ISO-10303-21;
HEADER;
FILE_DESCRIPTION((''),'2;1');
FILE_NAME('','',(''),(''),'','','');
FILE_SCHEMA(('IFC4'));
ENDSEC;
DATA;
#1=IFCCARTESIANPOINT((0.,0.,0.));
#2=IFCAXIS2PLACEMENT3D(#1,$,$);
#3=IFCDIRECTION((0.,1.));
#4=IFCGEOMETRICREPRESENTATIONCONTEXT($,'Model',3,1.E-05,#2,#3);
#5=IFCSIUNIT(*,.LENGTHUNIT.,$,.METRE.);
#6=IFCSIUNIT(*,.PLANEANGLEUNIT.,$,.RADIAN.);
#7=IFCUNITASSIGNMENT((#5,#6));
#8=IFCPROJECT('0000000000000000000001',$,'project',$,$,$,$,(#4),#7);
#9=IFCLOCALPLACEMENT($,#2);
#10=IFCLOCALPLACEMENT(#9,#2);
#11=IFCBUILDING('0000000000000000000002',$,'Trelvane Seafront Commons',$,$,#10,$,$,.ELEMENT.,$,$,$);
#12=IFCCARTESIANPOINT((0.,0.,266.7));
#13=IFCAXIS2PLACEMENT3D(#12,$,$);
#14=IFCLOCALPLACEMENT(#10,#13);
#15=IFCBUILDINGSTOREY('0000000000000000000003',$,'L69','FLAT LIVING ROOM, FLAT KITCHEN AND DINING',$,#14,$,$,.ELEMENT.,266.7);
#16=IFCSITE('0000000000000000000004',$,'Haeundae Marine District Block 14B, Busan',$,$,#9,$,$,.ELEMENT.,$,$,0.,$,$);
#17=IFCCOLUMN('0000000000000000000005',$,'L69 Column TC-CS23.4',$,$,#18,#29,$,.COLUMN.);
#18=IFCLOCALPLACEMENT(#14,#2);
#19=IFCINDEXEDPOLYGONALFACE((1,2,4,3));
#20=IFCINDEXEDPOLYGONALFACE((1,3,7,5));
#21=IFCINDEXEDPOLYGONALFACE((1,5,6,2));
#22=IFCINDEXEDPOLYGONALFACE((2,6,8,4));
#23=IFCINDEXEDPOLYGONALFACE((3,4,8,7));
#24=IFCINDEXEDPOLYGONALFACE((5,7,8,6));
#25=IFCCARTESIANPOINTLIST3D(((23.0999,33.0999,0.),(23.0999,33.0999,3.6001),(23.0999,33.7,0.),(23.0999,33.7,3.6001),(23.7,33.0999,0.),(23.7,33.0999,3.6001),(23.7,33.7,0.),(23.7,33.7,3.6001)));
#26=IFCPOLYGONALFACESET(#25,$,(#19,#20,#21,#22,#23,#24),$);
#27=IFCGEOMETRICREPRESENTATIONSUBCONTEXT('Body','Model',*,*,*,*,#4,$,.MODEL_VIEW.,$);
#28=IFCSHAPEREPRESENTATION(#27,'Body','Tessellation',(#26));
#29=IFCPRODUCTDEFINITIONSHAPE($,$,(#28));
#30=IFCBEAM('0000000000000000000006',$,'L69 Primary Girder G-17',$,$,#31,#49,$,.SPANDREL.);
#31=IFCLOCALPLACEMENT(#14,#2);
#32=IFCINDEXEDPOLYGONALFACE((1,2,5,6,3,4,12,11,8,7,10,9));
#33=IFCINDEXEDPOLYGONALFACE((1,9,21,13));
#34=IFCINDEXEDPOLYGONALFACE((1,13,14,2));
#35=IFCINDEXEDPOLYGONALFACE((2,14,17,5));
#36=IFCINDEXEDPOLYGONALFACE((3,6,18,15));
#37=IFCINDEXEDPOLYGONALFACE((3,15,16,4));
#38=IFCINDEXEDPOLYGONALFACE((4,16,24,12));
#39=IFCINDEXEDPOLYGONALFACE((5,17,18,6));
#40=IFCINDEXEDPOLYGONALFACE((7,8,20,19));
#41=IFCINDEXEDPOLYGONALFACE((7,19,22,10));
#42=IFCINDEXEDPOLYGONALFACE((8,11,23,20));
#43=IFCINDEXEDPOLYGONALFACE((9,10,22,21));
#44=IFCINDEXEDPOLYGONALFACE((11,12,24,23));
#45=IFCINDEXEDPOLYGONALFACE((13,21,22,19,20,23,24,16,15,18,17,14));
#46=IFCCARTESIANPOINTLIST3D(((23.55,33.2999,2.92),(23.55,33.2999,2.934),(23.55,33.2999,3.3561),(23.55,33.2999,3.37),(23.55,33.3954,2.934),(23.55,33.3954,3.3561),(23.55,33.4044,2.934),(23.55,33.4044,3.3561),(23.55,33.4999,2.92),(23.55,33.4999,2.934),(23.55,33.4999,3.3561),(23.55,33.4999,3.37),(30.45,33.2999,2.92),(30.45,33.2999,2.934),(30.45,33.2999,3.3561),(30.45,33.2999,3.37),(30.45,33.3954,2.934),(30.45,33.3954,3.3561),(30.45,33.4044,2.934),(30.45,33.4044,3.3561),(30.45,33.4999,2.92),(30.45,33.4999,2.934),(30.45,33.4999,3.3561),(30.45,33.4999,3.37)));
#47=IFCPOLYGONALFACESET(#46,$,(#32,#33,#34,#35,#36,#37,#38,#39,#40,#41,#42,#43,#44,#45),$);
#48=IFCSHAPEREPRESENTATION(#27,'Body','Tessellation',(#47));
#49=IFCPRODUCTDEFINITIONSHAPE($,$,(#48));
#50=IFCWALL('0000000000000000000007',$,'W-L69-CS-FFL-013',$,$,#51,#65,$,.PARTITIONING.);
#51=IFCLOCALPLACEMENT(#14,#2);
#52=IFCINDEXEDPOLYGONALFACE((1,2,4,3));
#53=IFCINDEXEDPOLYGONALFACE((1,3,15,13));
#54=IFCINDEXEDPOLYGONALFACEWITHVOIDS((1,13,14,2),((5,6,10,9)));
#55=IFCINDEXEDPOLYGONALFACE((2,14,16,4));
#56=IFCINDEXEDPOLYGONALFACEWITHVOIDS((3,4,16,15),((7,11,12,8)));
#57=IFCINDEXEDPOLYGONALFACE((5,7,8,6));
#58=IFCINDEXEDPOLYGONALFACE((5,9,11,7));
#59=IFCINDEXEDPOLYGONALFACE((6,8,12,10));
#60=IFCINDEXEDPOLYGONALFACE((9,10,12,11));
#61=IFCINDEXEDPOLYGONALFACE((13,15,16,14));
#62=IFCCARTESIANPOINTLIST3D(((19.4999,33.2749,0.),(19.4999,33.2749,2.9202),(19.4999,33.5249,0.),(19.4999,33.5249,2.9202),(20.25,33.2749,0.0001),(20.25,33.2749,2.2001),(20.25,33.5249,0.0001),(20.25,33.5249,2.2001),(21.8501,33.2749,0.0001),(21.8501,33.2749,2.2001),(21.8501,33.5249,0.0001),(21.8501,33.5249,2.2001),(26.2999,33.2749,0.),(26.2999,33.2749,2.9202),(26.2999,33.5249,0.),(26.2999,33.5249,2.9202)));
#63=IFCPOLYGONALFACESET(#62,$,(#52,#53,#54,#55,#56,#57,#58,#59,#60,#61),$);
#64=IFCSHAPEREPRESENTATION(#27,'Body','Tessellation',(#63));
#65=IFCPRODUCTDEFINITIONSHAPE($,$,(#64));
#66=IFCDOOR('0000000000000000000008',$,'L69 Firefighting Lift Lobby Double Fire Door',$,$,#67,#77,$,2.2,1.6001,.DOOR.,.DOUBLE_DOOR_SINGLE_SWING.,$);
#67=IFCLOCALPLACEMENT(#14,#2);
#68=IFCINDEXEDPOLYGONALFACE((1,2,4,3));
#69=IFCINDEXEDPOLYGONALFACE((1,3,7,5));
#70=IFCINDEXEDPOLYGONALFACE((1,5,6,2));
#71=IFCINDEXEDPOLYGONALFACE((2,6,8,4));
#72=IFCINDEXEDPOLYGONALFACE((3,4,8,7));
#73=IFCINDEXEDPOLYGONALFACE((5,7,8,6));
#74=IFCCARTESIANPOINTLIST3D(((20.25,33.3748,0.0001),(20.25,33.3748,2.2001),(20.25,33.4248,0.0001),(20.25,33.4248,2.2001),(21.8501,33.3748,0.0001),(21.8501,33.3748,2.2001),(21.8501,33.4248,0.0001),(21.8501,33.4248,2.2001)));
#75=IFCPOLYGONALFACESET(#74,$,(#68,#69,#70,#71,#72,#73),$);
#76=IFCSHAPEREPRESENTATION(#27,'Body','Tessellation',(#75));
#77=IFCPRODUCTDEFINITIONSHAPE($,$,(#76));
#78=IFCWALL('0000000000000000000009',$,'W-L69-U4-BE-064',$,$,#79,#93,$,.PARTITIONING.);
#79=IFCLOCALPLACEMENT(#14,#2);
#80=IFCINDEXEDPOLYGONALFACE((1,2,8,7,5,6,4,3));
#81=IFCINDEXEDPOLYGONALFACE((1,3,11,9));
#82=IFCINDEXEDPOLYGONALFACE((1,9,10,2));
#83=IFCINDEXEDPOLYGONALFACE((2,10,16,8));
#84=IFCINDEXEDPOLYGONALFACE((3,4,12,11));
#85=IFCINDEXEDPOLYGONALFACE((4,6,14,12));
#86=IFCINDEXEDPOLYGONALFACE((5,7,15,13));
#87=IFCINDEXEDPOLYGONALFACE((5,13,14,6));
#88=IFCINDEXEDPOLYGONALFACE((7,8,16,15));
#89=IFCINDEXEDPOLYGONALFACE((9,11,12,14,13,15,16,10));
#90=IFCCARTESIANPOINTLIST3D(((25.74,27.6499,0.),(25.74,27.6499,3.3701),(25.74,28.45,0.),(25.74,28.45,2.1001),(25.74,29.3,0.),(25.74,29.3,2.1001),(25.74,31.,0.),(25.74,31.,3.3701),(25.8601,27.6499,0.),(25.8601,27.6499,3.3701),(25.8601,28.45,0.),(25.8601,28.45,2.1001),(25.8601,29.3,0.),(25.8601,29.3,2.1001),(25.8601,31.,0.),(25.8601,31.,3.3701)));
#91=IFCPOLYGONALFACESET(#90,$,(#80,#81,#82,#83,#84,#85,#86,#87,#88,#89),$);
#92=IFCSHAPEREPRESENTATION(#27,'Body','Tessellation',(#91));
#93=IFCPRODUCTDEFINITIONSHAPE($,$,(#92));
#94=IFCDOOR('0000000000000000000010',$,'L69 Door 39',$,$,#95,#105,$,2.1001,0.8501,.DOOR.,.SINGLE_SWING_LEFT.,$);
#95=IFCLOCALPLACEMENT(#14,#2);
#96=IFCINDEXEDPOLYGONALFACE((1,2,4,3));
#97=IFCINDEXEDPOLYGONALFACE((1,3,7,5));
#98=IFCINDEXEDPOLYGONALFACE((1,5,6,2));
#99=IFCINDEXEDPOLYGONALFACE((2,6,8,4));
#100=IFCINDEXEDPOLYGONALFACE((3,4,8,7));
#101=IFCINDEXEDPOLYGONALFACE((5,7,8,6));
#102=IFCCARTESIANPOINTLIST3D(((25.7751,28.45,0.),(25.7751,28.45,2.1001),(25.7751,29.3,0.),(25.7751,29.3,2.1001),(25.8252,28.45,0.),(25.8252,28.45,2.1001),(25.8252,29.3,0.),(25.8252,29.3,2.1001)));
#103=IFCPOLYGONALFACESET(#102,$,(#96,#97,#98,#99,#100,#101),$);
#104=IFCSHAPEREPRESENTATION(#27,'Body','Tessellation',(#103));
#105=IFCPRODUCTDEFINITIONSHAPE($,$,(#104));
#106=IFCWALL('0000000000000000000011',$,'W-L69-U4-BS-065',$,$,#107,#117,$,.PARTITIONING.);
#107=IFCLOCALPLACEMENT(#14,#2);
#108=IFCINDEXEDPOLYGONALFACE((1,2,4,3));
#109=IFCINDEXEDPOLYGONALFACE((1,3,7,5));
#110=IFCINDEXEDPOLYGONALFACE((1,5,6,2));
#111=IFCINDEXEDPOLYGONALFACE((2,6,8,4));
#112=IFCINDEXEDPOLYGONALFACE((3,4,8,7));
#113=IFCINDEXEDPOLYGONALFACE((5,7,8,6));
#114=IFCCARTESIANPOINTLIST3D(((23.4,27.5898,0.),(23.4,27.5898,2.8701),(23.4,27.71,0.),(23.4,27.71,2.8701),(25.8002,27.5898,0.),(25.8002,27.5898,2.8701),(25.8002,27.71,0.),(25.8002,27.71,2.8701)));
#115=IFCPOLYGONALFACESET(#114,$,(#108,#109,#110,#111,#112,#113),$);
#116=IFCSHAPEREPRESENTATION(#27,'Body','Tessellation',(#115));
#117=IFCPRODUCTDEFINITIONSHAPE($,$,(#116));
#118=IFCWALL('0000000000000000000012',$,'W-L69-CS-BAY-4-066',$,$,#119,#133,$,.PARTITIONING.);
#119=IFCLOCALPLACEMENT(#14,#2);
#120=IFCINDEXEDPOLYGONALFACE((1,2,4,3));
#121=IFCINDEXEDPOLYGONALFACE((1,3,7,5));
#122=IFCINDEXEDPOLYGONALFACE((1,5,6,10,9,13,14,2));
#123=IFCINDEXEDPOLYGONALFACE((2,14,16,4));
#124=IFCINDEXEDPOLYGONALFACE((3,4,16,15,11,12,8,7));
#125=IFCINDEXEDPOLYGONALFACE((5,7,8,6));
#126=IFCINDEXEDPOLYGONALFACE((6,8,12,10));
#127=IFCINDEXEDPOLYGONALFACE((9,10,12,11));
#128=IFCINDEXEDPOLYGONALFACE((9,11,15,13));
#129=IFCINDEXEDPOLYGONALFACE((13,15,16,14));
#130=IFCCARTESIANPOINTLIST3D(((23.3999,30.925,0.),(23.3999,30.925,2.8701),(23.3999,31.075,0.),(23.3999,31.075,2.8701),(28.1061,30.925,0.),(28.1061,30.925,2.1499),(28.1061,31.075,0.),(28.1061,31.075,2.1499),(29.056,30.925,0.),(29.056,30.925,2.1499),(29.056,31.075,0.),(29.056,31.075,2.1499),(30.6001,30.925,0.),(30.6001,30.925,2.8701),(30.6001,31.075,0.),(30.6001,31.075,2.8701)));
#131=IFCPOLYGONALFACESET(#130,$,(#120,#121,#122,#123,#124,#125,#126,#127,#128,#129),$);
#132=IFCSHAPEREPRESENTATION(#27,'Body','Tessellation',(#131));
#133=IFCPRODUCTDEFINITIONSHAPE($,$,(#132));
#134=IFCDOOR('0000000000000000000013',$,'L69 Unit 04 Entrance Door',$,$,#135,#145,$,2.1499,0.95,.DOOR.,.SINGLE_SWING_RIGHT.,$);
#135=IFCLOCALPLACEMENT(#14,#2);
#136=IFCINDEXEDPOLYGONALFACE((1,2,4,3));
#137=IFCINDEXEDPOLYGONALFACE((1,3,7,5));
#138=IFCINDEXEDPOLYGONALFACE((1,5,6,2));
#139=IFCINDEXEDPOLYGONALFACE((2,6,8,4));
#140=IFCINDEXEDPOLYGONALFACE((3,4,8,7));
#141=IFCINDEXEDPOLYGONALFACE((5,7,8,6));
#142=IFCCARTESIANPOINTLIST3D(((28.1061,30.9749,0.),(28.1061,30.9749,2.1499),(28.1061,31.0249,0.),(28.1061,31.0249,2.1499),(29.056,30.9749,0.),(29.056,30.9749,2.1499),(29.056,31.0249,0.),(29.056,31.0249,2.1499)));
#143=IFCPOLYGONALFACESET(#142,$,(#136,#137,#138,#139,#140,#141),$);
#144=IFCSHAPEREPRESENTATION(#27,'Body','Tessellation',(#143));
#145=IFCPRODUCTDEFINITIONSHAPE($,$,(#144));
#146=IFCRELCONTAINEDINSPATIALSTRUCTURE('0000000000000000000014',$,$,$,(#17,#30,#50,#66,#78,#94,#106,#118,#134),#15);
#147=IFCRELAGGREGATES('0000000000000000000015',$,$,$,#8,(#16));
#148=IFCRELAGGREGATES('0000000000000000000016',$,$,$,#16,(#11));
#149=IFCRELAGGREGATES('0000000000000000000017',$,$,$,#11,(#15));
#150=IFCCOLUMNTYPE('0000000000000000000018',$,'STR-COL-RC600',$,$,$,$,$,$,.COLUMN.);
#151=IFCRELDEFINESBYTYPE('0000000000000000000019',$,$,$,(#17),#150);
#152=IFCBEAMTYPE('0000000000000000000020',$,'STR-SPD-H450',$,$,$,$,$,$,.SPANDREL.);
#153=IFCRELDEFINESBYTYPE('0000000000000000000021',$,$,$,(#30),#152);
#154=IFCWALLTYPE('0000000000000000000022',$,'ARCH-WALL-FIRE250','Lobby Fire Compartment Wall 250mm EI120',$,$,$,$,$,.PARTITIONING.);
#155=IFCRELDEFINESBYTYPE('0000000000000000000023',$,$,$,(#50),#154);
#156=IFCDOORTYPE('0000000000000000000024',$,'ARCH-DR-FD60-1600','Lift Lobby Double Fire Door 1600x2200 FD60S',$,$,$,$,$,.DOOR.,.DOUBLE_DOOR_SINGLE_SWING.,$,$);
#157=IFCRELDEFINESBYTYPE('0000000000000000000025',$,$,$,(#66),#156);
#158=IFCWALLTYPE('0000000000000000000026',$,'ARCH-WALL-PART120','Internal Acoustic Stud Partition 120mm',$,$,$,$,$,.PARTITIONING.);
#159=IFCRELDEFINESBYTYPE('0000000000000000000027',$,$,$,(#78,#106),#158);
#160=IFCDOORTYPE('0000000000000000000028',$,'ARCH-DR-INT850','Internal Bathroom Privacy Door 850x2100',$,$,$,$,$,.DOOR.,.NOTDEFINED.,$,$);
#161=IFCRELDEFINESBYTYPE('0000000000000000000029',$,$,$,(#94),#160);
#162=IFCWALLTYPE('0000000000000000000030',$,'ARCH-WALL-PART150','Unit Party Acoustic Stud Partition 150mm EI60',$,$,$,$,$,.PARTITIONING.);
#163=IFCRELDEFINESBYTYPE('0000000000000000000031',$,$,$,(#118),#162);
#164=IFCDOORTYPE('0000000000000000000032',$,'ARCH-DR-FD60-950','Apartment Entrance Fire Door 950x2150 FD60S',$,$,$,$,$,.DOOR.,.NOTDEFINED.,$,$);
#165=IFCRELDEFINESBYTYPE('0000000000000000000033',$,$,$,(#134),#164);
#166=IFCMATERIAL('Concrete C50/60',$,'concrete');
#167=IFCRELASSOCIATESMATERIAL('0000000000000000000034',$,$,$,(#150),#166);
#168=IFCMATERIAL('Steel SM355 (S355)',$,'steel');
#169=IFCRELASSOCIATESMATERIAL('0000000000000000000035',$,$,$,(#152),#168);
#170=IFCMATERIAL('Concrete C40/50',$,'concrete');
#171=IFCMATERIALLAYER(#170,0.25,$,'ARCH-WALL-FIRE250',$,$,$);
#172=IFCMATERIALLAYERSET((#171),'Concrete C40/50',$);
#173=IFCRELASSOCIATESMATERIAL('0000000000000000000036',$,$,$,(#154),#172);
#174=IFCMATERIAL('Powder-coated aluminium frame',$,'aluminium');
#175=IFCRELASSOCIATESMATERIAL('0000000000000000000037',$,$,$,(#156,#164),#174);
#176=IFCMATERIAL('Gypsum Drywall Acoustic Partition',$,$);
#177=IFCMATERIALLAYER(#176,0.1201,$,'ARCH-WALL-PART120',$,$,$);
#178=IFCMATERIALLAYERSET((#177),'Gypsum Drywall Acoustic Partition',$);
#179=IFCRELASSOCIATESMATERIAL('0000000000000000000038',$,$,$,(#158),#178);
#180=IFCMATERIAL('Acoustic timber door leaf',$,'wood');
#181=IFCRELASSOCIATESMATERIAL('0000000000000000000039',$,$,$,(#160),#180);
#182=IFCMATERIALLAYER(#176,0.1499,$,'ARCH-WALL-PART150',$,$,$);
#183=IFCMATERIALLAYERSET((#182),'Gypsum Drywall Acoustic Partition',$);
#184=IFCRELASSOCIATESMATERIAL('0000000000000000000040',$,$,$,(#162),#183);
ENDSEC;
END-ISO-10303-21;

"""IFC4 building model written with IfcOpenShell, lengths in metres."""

from ifc_helpers import new_model, si_unit, direction, frame, frame_2d, origin, origin_2d, place, context, subcontext, project, spatial, rectangle, i_section, extrude, source, transform, mapped, material, layer, layer_set, material_profile, profile_set, type_object, element, fill, save


model = new_model("IFC4")

# Units and contexts
model_context = context("Model", 3, precision=1e-05, world=origin(), true_north=direction((0.0, 1.0)))
body_context = subcontext(model_context, "Body", "Model", "MODEL_VIEW")
ifc_project = project(units=[si_unit("LENGTHUNIT", "METRE"), si_unit("PLANEANGLEUNIT", "RADIAN")], contexts=[model_context])

# Site, building, storey
site_placement = place(None, origin())
site = spatial("IfcSite", under=ifc_project, at=site_placement, Name="Haeundae Marine District Block 14B, Busan", CompositionType="ELEMENT", RefElevation=0.0)
building_placement = place(site_placement, origin())
building = spatial("IfcBuilding", under=site, at=building_placement, Name="Trelvane Seafront Commons", CompositionType="ELEMENT")
storey_placement = place(building_placement, frame((0.0, 0.0, 266.7)))
storey = spatial("IfcBuildingStorey", under=building, at=storey_placement, Name="L69", Description="FLAT LIVING ROOM, FLAT KITCHEN AND DINING", CompositionType="ELEMENT", Elevation=266.7)

# Column
ifc_material_1 = material(Name="Concrete C50/60", Category="concrete")
ifc_material_profile_1 = material_profile(ifc_material_1, rectangle(XDim=0.6001, YDim=0.6001, at=origin_2d()), Name="RC-600x600")
ifc_profile_set_1 = profile_set([ifc_material_profile_1], Name="Concrete C50/60")
column_type = type_object("IfcColumnType", Name="STR-COL-RC600", PredefinedType="COLUMN", material=ifc_profile_set_1)
shared_shape_1 = source(origin(), body_context, "Body", "SweptSolid", [
    extrude(rectangle(XDim=0.6001, YDim=0.6001, at=origin_2d()), origin(), (0.0, 0.0, 1.0), 3.6001),
])
column_placement = place(storey_placement, frame((23.3999, 33.3999, 0.0), z_axis=(0.0, 0.0, 1.0), x_axis=(1.0, 0.0, 0.0)))
element("IfcColumn", 1, at=column_placement, inside=storey, type_object=column_type, Name="L69 Column TC-CS23.4", PredefinedType="COLUMN", context=body_context, shape_type="MappedRepresentation", body=[
    mapped(shared_shape_1, transform((0.0, 0.0, 0.0), x_axis=(1.0, 0.0, 0.0), y_axis=(0.0, 1.0, 0.0), z_axis=(0.0, 0.0, 1.0), scale=1.0)),
])

# Beam
ifc_material_2 = material(Name="Steel SM355 (S355)", Category="steel")
ifc_material_profile_2 = material_profile(ifc_material_2, i_section(OverallWidth=0.2, OverallDepth=0.45, WebThickness=0.009, FlangeThickness=0.0139, at=origin_2d()), Name="H-450x200x9x14")
ifc_profile_set_2 = profile_set([ifc_material_profile_2], Name="Steel SM355 (S355)")
beam_type = type_object("IfcBeamType", Name="STR-SPD-H450", PredefinedType="SPANDREL", material=ifc_profile_set_2)
shared_shape_2 = source(origin(), body_context, "Body", "SweptSolid", [
    extrude(i_section(OverallWidth=0.2, OverallDepth=0.45, WebThickness=0.009, FlangeThickness=0.0139, at=origin_2d()), origin(), (0.0, 0.0, 1.0), 6.8999),
])
beam_placement = place(storey_placement, frame((23.55, 33.3999, 3.145), z_axis=(1.0, 0.0, 0.0), x_axis=(0.0, 1.0, 0.0)))
element("IfcBeam", 2, at=beam_placement, inside=storey, type_object=beam_type, Name="L69 Primary Girder G-17", PredefinedType="SPANDREL", context=body_context, shape_type="MappedRepresentation", body=[
    mapped(shared_shape_2, transform((0.0, 0.0, 0.0), x_axis=(1.0, 0.0, 0.0), y_axis=(0.0, 1.0, 0.0), z_axis=(0.0, 0.0, 1.0), scale=1.0)),
])

# Walls, openings, doors
ifc_material_3 = material(Name="Concrete C40/50", Category="concrete")
ifc_layer_1 = layer(ifc_material_3, 0.25, Name="ARCH-WALL-FIRE250")
ifc_layer_set_1 = layer_set([ifc_layer_1], Name="Concrete C40/50")
wall_type_1 = type_object("IfcWallType", Name="ARCH-WALL-FIRE250", Description="Lobby Fire Compartment Wall 250mm EI120", PredefinedType="PARTITIONING", material=ifc_layer_set_1)
wall_1_placement = place(storey_placement, frame((19.5, 33.3999, 0.0), z_axis=(0.0, 0.0, 1.0), x_axis=(1.0, 0.0, 0.0)))
wall_1 = element("IfcWall", 3, at=wall_1_placement, inside=storey, type_object=wall_type_1, Name="W-L69-CS-FFL-013", PredefinedType="PARTITIONING", context=body_context, shape_type="SweptSolid", body=[
    extrude(rectangle(XDim=6.8, YDim=0.25, at=frame_2d((3.3999, 0.0))), origin(), (0.0, 0.0, 1.0), 2.9202),
])
opening_1_placement = place(wall_1_placement, frame((0.75, 0.0, 0.0)))
opening_1 = element("IfcOpeningElement", 4, at=opening_1_placement, cuts=wall_1, PredefinedType="OPENING", context=body_context, shape_type="SweptSolid", body=[
    extrude(rectangle(XDim=1.6001, YDim=2.2, at=frame_2d((0.8, 1.1001))), frame((0.0, 0.135, 0.0), z_axis=(0.0, -1.0, 0.0), x_axis=(1.0, 0.0, 0.0)), (0.0, 0.0, 1.0), 0.27),
])
ifc_material_4 = material(Name="Powder-coated aluminium frame", Category="aluminium")
door_type_1 = type_object("IfcDoorType", Name="ARCH-DR-FD60-1600", Description="Lift Lobby Double Fire Door 1600x2200 FD60S", OperationType="DOUBLE_DOOR_SINGLE_SWING", PredefinedType="DOOR", material=ifc_material_4)
shared_shape_3 = source(origin(), body_context, "Body", "SweptSolid", [
    extrude(rectangle(XDim=1.6001, YDim=2.2, at=frame_2d((0.8, 1.1001))), frame((0.0, 0.0249, 0.0), z_axis=(0.0, -1.0, 0.0), x_axis=(1.0, 0.0, 0.0)), (0.0, 0.0, 1.0), 0.05),
])
door_1_placement = place(opening_1_placement, origin())
door_1 = element("IfcDoor", 5, at=door_1_placement, inside=storey, type_object=door_type_1, Name="L69 Firefighting Lift Lobby Double Fire Door", OperationType="DOUBLE_DOOR_SINGLE_SWING", OverallHeight=2.2, OverallWidth=1.6001, PredefinedType="DOOR", context=body_context, shape_type="MappedRepresentation", body=[
    mapped(shared_shape_3, transform((0.0, 0.0, 0.0), x_axis=(1.0, 0.0, 0.0), y_axis=(0.0, 1.0, 0.0), z_axis=(0.0, 0.0, 1.0), scale=1.0)),
])
fill(opening_1, door_1)
ifc_material_5 = material(Name="Acoustic timber door leaf", Category="wood")
shared_shape_4 = source(origin(), body_context, "Body", "SweptSolid", [
    extrude(rectangle(XDim=0.95, YDim=2.1499, at=frame_2d((0.4751, 1.075))), frame((0.0, 0.0249, 0.0), z_axis=(0.0, -1.0, 0.0), x_axis=(1.0, 0.0, 0.0)), (0.0, 0.0, 1.0), 0.05),
])
ifc_material_6 = material(Name="Gypsum Drywall Acoustic Partition")
ifc_layer_2 = layer(ifc_material_6, 0.1201, Name="ARCH-WALL-PART120")
ifc_layer_set_2 = layer_set([ifc_layer_2], Name="Gypsum Drywall Acoustic Partition")
wall_type_2 = type_object("IfcWallType", Name="ARCH-WALL-PART120", Description="Internal Acoustic Stud Partition 120mm", PredefinedType="PARTITIONING", material=ifc_layer_set_2)
wall_2_placement = place(storey_placement, frame((25.8, 27.6499, 0.0), z_axis=(0.0, 0.0, 1.0), x_axis=(0.0, 1.0, 0.0)))
wall_2 = element("IfcWall", 6, at=wall_2_placement, inside=storey, type_object=wall_type_2, Name="W-L69-U4-BE-064", PredefinedType="PARTITIONING", context=body_context, shape_type="SweptSolid", body=[
    extrude(rectangle(XDim=3.3501, YDim=0.1201, at=frame_2d((1.675, 0.0))), origin(), (0.0, 0.0, 1.0), 3.3701),
])
opening_2_placement = place(wall_2_placement, frame((0.8, 0.0, 0.0)))
opening_2 = element("IfcOpeningElement", 7, at=opening_2_placement, cuts=wall_2, PredefinedType="OPENING", context=body_context, shape_type="SweptSolid", body=[
    extrude(rectangle(XDim=0.8501, YDim=2.1001, at=frame_2d((0.425, 1.05))), frame((0.0, 0.0701, 0.0), z_axis=(0.0, -1.0, 0.0), x_axis=(1.0, 0.0, 0.0)), (0.0, 0.0, 1.0), 0.1401),
])
door_type_2 = type_object("IfcDoorType", Name="ARCH-DR-INT850", Description="Internal Bathroom Privacy Door 850x2100", OperationType="NOTDEFINED", PredefinedType="DOOR", material=ifc_material_5)
shared_shape_5 = source(origin(), body_context, "Body", "SweptSolid", [
    extrude(rectangle(XDim=0.8501, YDim=2.1001, at=frame_2d((0.425, 1.05))), frame((0.0, 0.0249, 0.0), z_axis=(0.0, -1.0, 0.0), x_axis=(1.0, 0.0, 0.0)), (0.0, 0.0, 1.0), 0.05),
])
door_2_placement = place(opening_2_placement, origin())
door_2 = element("IfcDoor", 8, at=door_2_placement, inside=storey, type_object=door_type_2, Name="L69 Door 39", OperationType="SINGLE_SWING_LEFT", OverallHeight=2.1001, OverallWidth=0.8501, PredefinedType="DOOR", context=body_context, shape_type="MappedRepresentation", body=[
    mapped(shared_shape_5, transform((0.0, 0.0, 0.0), x_axis=(1.0, 0.0, 0.0), y_axis=(0.0, 1.0, 0.0), z_axis=(0.0, 0.0, 1.0), scale=1.0)),
])
fill(opening_2, door_2)

# Wall
wall_3_placement = place(storey_placement, frame((23.3999, 27.6499, 0.0), z_axis=(0.0, 0.0, 1.0), x_axis=(1.0, 0.0, 0.0)))
element("IfcWall", 9, at=wall_3_placement, inside=storey, type_object=wall_type_2, Name="W-L69-U4-BS-065", PredefinedType="PARTITIONING", context=body_context, shape_type="SweptSolid", body=[
    extrude(rectangle(XDim=2.4001, YDim=0.1201, at=frame_2d((1.2002, 0.0))), origin(), (0.0, 0.0, 1.0), 2.8701),
])

# Wall, opening, door
ifc_layer_3 = layer(ifc_material_6, 0.1499, Name="ARCH-WALL-PART150")
ifc_layer_set_3 = layer_set([ifc_layer_3], Name="Gypsum Drywall Acoustic Partition")
wall_type_3 = type_object("IfcWallType", Name="ARCH-WALL-PART150", Description="Unit Party Acoustic Stud Partition 150mm EI60", PredefinedType="PARTITIONING", material=ifc_layer_set_3)
door_type_3 = type_object("IfcDoorType", Name="ARCH-DR-FD60-950", Description="Apartment Entrance Fire Door 950x2150 FD60S", OperationType="NOTDEFINED", PredefinedType="DOOR", material=ifc_material_4)
wall_4_placement = place(storey_placement, frame((23.3999, 31.0, 0.0), z_axis=(0.0, 0.0, 1.0), x_axis=(1.0, 0.0, 0.0)))
wall_4 = element("IfcWall", 10, at=wall_4_placement, inside=storey, type_object=wall_type_3, Name="W-L69-CS-BAY-4-066", PredefinedType="PARTITIONING", context=body_context, shape_type="SweptSolid", body=[
    extrude(rectangle(XDim=7.2002, YDim=0.1499, at=frame_2d((3.6001, 0.0))), origin(), (0.0, 0.0, 1.0), 2.8701),
])
opening_3_placement = place(wall_4_placement, frame((4.7061, 0.0, 0.0)))
opening_3 = element("IfcOpeningElement", 11, at=opening_3_placement, cuts=wall_4, PredefinedType="OPENING", context=body_context, shape_type="SweptSolid", body=[
    extrude(rectangle(XDim=0.95, YDim=2.1499, at=frame_2d((0.4751, 1.075))), frame((0.0, 0.085, 0.0), z_axis=(0.0, -1.0, 0.0), x_axis=(1.0, 0.0, 0.0)), (0.0, 0.0, 1.0), 0.1699),
])
door_3_placement = place(opening_3_placement, origin())
door_3 = element("IfcDoor", 12, at=door_3_placement, inside=storey, type_object=door_type_3, Name="L69 Unit 04 Entrance Door", OperationType="SINGLE_SWING_RIGHT", OverallHeight=2.1499, OverallWidth=0.95, PredefinedType="DOOR", context=body_context, shape_type="MappedRepresentation", body=[
    mapped(shared_shape_4, transform((0.0, 0.0, 0.0), x_axis=(1.0, 0.0, 0.0), y_axis=(0.0, 1.0, 0.0), z_axis=(0.0, 0.0, 1.0), scale=1.0)),
])
fill(opening_3, door_3)

save(model, "model.ifc")
